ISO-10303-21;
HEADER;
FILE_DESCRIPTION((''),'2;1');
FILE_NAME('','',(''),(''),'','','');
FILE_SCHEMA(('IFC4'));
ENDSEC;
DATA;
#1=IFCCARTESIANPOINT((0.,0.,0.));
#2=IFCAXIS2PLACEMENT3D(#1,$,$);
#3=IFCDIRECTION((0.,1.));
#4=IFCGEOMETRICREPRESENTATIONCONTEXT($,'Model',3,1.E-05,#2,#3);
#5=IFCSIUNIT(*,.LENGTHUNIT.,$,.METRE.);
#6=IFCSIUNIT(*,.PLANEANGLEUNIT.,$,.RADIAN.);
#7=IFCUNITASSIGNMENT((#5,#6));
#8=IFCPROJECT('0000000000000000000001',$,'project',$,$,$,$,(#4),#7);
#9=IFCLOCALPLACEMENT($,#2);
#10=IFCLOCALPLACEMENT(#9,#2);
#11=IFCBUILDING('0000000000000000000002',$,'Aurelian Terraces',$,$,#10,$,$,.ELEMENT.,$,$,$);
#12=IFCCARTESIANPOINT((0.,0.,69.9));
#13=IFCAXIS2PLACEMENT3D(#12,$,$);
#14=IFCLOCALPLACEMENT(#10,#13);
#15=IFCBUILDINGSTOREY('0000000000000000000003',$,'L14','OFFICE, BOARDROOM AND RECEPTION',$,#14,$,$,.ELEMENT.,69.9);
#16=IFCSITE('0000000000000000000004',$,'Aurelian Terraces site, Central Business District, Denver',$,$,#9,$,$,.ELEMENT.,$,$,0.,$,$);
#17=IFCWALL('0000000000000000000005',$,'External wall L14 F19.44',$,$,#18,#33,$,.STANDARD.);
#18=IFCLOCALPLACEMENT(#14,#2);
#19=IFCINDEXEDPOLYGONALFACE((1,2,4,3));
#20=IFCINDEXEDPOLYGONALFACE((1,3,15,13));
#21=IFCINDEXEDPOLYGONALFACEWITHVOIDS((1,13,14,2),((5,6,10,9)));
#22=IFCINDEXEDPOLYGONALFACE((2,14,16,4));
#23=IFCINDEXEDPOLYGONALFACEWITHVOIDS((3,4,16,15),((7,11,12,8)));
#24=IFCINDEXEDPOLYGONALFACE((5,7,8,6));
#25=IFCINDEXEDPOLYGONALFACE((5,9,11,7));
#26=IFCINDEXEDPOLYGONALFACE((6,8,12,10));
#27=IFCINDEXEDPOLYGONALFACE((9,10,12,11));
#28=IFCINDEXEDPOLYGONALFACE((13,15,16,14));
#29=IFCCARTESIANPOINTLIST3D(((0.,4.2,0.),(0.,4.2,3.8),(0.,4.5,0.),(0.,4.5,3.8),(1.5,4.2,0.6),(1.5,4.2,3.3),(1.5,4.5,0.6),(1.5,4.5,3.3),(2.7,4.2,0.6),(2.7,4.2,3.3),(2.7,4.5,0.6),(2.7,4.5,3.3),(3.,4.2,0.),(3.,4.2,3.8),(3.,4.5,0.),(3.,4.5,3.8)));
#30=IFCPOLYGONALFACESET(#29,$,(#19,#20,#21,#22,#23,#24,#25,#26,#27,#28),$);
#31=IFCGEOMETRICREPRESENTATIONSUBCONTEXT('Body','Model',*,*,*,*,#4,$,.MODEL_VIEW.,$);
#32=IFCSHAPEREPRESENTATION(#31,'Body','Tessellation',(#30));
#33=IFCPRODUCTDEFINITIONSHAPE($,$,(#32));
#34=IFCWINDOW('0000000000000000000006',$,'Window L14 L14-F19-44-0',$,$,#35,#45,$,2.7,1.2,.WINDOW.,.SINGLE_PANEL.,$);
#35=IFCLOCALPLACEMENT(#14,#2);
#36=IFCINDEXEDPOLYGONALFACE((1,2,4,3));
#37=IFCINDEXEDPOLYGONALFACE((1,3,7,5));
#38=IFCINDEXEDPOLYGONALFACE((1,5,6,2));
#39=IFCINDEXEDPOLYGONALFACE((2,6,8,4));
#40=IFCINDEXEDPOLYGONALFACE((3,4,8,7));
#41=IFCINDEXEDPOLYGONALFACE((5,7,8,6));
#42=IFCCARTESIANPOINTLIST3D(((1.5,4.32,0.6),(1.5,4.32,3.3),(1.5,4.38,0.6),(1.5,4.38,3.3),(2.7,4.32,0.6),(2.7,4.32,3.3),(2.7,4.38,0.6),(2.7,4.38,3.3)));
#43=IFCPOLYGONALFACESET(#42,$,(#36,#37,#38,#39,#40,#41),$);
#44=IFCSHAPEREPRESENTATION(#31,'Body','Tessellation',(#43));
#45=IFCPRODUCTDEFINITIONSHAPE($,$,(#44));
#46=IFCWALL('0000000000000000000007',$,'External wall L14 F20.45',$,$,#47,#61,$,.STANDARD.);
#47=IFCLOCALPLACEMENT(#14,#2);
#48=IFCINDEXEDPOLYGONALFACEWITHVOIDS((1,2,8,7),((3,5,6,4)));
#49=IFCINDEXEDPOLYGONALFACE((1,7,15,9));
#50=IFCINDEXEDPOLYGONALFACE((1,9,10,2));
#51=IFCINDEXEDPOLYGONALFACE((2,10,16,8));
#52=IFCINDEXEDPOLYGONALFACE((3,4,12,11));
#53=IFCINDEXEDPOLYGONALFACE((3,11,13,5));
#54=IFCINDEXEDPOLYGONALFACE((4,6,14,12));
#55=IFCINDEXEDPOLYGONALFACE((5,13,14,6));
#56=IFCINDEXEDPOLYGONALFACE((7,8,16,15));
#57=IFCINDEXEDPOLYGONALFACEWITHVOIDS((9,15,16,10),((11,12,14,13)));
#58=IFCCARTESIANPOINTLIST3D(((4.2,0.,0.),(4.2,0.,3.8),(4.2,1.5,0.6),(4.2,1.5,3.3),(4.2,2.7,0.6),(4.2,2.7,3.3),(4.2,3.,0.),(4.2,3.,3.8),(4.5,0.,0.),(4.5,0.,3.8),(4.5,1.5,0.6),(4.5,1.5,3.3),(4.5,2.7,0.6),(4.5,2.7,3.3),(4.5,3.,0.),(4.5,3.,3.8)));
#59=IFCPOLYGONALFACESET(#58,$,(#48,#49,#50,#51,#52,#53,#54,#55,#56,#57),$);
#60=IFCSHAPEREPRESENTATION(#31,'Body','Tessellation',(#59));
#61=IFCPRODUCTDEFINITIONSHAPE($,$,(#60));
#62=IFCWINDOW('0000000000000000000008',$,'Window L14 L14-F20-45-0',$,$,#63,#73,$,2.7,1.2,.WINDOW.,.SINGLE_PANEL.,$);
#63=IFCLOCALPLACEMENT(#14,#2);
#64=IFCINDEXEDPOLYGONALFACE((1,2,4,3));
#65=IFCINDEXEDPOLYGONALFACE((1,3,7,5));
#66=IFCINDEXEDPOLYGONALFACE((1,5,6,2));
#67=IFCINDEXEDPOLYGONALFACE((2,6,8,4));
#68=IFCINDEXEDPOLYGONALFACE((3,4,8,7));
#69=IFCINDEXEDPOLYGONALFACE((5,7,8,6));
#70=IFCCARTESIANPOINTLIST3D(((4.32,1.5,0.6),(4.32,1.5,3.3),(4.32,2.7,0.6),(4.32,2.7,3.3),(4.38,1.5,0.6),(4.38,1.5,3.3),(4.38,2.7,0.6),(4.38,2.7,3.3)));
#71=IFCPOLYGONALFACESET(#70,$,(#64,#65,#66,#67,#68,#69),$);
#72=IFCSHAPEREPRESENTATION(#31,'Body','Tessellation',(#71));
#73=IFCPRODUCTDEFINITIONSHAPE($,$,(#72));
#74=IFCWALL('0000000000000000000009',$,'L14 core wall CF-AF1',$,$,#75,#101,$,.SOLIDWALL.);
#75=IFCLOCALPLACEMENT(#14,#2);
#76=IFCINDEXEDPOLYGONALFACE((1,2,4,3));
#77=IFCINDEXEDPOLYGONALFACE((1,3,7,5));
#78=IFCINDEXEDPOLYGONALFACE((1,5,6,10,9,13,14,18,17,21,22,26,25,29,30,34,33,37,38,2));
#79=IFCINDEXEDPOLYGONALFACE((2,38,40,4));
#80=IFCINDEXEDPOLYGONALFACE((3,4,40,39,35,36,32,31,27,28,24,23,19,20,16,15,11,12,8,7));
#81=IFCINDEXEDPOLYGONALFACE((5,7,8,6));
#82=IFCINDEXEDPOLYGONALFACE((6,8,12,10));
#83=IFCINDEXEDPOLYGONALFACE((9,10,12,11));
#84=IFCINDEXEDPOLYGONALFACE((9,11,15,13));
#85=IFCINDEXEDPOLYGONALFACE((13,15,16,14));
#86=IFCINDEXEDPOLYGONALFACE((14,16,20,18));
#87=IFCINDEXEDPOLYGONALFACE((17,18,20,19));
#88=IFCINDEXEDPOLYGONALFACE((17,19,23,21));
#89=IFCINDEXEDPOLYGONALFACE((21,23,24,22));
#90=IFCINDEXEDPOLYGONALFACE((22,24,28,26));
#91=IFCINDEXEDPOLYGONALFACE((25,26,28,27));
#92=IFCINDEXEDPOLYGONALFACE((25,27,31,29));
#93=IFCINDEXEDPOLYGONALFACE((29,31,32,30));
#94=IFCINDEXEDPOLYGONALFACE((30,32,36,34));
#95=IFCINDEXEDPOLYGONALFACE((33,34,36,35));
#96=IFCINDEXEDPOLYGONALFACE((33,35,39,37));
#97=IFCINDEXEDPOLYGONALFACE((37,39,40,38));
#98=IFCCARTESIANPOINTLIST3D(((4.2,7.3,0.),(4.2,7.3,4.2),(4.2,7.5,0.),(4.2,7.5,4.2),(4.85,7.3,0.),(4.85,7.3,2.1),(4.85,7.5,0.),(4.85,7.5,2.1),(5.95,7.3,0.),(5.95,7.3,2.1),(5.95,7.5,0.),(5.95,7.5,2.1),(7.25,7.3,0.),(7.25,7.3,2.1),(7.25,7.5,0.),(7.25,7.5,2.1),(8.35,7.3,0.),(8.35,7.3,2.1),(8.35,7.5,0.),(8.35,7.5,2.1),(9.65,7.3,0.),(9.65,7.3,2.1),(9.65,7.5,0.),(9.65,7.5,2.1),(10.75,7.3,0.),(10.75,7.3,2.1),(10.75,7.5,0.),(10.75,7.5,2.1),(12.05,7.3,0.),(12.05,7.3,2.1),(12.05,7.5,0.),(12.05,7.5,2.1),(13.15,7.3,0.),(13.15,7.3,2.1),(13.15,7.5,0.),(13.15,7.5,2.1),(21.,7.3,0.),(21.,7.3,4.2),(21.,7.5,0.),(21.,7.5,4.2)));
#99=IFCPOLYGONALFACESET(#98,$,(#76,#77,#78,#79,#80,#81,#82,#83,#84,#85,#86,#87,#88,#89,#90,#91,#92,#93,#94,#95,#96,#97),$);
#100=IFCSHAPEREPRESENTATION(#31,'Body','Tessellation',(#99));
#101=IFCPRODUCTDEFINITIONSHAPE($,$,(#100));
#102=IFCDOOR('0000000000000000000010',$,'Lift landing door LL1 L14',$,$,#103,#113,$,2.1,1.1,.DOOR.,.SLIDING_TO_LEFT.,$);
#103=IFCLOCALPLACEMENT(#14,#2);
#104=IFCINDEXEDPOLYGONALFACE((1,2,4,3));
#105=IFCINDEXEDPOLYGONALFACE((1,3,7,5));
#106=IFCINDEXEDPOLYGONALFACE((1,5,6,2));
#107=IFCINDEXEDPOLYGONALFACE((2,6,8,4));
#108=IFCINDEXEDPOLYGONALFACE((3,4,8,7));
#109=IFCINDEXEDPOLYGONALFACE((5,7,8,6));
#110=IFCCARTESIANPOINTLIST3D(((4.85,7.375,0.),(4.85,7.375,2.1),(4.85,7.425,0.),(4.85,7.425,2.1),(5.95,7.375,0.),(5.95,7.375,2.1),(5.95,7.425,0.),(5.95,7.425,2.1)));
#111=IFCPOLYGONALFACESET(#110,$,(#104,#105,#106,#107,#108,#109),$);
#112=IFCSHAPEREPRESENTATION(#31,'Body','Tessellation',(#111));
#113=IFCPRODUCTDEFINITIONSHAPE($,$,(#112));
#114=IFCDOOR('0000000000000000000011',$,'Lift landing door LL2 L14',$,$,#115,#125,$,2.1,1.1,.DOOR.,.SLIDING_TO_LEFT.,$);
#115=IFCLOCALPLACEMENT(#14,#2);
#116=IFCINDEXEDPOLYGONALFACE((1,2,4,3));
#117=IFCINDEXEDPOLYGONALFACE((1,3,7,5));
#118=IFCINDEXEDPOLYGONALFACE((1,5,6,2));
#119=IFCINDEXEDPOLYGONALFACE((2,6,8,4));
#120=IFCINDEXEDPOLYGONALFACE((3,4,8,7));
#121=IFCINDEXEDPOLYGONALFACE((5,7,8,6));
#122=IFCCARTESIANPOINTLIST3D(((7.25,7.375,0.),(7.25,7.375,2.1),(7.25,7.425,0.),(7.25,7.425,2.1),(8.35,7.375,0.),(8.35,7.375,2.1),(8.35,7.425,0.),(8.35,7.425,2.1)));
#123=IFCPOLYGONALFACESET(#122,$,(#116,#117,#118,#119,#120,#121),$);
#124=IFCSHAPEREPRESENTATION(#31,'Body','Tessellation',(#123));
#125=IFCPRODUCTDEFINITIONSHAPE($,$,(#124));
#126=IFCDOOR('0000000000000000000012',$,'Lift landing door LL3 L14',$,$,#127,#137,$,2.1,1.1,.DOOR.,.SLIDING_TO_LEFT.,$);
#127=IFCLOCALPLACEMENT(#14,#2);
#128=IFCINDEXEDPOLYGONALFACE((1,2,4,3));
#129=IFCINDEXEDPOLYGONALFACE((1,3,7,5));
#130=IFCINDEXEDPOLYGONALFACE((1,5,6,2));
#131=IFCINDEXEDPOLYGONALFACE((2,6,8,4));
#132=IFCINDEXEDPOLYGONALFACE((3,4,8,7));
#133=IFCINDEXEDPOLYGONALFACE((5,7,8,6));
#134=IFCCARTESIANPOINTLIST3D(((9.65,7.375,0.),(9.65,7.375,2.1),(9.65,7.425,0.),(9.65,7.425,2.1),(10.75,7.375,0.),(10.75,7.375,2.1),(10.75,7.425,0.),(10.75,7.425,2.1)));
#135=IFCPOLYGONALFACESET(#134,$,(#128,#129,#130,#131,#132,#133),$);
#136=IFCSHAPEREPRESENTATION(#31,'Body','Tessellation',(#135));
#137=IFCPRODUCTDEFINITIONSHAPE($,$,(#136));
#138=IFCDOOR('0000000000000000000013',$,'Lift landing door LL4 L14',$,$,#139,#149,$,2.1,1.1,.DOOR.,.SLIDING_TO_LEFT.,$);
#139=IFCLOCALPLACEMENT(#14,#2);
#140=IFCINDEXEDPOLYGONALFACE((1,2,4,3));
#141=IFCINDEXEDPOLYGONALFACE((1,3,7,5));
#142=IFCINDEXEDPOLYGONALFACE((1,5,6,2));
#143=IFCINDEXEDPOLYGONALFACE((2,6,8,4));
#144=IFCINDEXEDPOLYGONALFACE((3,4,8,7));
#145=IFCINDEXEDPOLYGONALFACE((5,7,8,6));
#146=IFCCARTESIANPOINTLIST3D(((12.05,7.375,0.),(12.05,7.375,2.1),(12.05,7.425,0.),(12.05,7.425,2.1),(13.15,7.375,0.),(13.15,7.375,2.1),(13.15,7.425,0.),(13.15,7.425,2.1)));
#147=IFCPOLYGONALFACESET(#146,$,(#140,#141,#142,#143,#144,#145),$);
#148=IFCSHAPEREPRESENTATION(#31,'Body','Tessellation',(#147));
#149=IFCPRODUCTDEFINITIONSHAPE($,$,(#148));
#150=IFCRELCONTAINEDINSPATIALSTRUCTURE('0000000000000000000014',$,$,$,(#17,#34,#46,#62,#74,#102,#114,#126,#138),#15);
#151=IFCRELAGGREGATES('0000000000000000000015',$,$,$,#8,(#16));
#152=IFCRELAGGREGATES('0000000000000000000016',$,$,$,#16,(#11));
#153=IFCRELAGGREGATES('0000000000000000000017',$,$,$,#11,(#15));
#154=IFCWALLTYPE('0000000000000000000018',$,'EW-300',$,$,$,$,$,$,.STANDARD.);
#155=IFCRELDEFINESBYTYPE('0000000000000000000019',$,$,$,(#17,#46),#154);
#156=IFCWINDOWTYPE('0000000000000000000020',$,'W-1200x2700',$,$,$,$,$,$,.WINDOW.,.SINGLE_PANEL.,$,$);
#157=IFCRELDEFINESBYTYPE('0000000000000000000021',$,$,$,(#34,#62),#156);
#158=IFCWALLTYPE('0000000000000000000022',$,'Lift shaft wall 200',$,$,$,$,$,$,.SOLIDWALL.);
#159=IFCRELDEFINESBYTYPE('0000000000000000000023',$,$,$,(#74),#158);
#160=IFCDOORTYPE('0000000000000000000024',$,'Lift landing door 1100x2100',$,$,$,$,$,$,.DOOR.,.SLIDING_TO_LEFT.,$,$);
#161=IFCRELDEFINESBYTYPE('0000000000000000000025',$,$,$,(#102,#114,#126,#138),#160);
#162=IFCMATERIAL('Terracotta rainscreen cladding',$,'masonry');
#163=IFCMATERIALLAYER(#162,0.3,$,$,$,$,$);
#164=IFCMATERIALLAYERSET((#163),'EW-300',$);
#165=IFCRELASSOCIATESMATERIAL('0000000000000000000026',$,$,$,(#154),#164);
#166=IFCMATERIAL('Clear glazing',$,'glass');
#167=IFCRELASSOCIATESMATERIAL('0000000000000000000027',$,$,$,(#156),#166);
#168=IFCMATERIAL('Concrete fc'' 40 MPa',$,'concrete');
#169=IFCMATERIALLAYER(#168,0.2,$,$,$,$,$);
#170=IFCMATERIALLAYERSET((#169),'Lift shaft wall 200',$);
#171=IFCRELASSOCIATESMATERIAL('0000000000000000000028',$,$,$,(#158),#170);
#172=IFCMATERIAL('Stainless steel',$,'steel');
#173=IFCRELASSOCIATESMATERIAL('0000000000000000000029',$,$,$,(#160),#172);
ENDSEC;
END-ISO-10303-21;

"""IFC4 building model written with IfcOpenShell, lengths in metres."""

from ifc_helpers import new_model, si_unit, direction, frame, frame_2d, origin, place, context, subcontext, project, spatial, rectangle, extrude, source, transform, mapped, material, layer, layer_set, type_object, element, fill, save


model = new_model("IFC4")

# Units and contexts
model_context = context("Model", 3, precision=1e-05, world=origin(), true_north=direction((0.0, 1.0)))
body_context = subcontext(model_context, "Body", "Model", "MODEL_VIEW")
ifc_project = project(units=[si_unit("LENGTHUNIT", "METRE"), si_unit("PLANEANGLEUNIT", "RADIAN")], contexts=[model_context])

# Site, building, storey
site_placement = place(None, origin())
site = spatial("IfcSite", under=ifc_project, at=site_placement, Name="Aurelian Terraces site, Central Business District, Denver", CompositionType="ELEMENT", RefElevation=0.0)
building_placement = place(site_placement, origin())
building = spatial("IfcBuilding", under=site, at=building_placement, Name="Aurelian Terraces", CompositionType="ELEMENT")
storey_placement = place(building_placement, frame((0.0, 0.0, 69.9)))
storey = spatial("IfcBuildingStorey", under=building, at=storey_placement, Name="L14", Description="OFFICE, BOARDROOM AND RECEPTION", CompositionType="ELEMENT", Elevation=69.9)

# Shared definitions
ifc_material_1 = material(Name="Concrete fc' 40 MPa", Category="concrete")

# Shared definitions
ifc_material_2 = material(Name="Terracotta rainscreen cladding", Category="masonry")
ifc_layer_1 = layer(ifc_material_2, 0.3)
ifc_layer_set_1 = layer_set([ifc_layer_1], Name="EW-300")
wall_type_1 = type_object("IfcWallType", Name="EW-300", PredefinedType="STANDARD", material=ifc_layer_set_1)
ifc_material_3 = material(Name="Clear glazing", Category="glass")

# Walls, openings, windows
shared_shape_1 = source(origin(), body_context, "Body", "SweptSolid", [
    extrude(rectangle(XDim=3.0, YDim=0.3, at=frame_2d((1.5, 0.0))), origin(), (0.0, 0.0, 1.0), 3.8),
])
wall_1_placement = place(storey_placement, frame((0.0, 4.35, 0.0), z_axis=(0.0, 0.0, 1.0), x_axis=(1.0, 0.0, 0.0)))
wall_1 = element("IfcWall", 1, at=wall_1_placement, inside=storey, type_object=wall_type_1, Name="External wall L14 F19.44", PredefinedType="STANDARD", context=body_context, shape_type="MappedRepresentation", body=[
    mapped(shared_shape_1, transform((0.0, 0.0, 0.0), scale=1.0)),
])
shared_shape_2 = source(origin(), body_context, "Body", "SweptSolid", [
    extrude(rectangle(XDim=1.2, YDim=2.7, at=frame_2d((0.6, 1.35))), frame((0.0, 0.16, 0.0), z_axis=(0.0, -1.0, 0.0), x_axis=(1.0, 0.0, 0.0)), (0.0, 0.0, 1.0), 0.32),
])
opening_1_placement = place(wall_1_placement, frame((1.5, 0.0, 0.6)))
opening_1 = element("IfcOpeningElement", 2, at=opening_1_placement, cuts=wall_1, PredefinedType="OPENING", context=body_context, shape_type="MappedRepresentation", body=[
    mapped(shared_shape_2, transform((0.0, 0.0, 0.0), scale=1.0)),
])
window_type_1 = type_object("IfcWindowType", Name="W-1200x2700", PartitioningType="SINGLE_PANEL", PredefinedType="WINDOW", material=ifc_material_3)
shared_shape_3 = source(origin(), body_context, "Body", "SweptSolid", [
    extrude(rectangle(XDim=1.2, YDim=2.7, at=frame_2d((0.6, 1.35))), frame((0.0, 0.03, 0.0), z_axis=(0.0, -1.0, 0.0), x_axis=(1.0, 0.0, 0.0)), (0.0, 0.0, 1.0), 0.06),
])
window_1_placement = place(opening_1_placement, origin())
window_1 = element("IfcWindow", 3, at=window_1_placement, inside=storey, type_object=window_type_1, Name="Window L14 L14-F19-44-0", OverallHeight=2.7, OverallWidth=1.2, PartitioningType="SINGLE_PANEL", PredefinedType="WINDOW", context=body_context, shape_type="MappedRepresentation", body=[
    mapped(shared_shape_3, transform((0.0, 0.0, 0.0), scale=1.0)),
])
fill(opening_1, window_1)
wall_2_placement = place(storey_placement, frame((4.35, 3.0, 0.0), z_axis=(0.0, 0.0, 1.0), x_axis=(0.0, -1.0, 0.0)))
wall_2 = element("IfcWall", 4, at=wall_2_placement, inside=storey, type_object=wall_type_1, Name="External wall L14 F20.45", PredefinedType="STANDARD", context=body_context, shape_type="MappedRepresentation", body=[
    mapped(shared_shape_1, transform((0.0, 0.0, 0.0), scale=1.0)),
])
opening_2_placement = place(wall_2_placement, frame((0.3, 0.0, 0.6)))
opening_2 = element("IfcOpeningElement", 5, at=opening_2_placement, cuts=wall_2, PredefinedType="OPENING", context=body_context, shape_type="MappedRepresentation", body=[
    mapped(shared_shape_2, transform((0.0, 0.0, 0.0), scale=1.0)),
])
window_2_placement = place(opening_2_placement, origin())
window_2 = element("IfcWindow", 6, at=window_2_placement, inside=storey, type_object=window_type_1, Name="Window L14 L14-F20-45-0", OverallHeight=2.7, OverallWidth=1.2, PartitioningType="SINGLE_PANEL", PredefinedType="WINDOW", context=body_context, shape_type="MappedRepresentation", body=[
    mapped(shared_shape_3, transform((0.0, 0.0, 0.0), scale=1.0)),
])
fill(opening_2, window_2)

# Wall, openings, doors
ifc_layer_2 = layer(ifc_material_1, 0.2)
ifc_layer_set_2 = layer_set([ifc_layer_2], Name="Lift shaft wall 200")
wall_type_2 = type_object("IfcWallType", Name="Lift shaft wall 200", PredefinedType="SOLIDWALL", material=ifc_layer_set_2)
shared_shape_4 = source(origin(), body_context, "Body", "SweptSolid", [
    extrude(rectangle(XDim=16.8, YDim=0.2, at=frame_2d((8.4, 0.0))), origin(), (0.0, 0.0, 1.0), 4.2),
])
wall_3_placement = place(storey_placement, frame((4.2, 7.4, 0.0), z_axis=(0.0, 0.0, 1.0), x_axis=(1.0, 0.0, 0.0)))
wall_3 = element("IfcWall", 7, at=wall_3_placement, inside=storey, type_object=wall_type_2, Name="L14 core wall CF-AF1", PredefinedType="SOLIDWALL", context=body_context, shape_type="MappedRepresentation", body=[
    mapped(shared_shape_4, transform((0.0, 0.0, 0.0), scale=1.0)),
])
shared_shape_5 = source(origin(), body_context, "Body", "SweptSolid", [
    extrude(rectangle(XDim=1.1, YDim=2.1, at=frame_2d((0.55, 1.05))), frame((0.0, 0.11, 0.0), z_axis=(0.0, -1.0, 0.0), x_axis=(1.0, 0.0, 0.0)), (0.0, 0.0, 1.0), 0.22),
])
opening_3_placement = place(wall_3_placement, frame((0.65, 0.0, 0.0)))
opening_3 = element("IfcOpeningElement", 8, at=opening_3_placement, cuts=wall_3, PredefinedType="OPENING", context=body_context, shape_type="MappedRepresentation", body=[
    mapped(shared_shape_5, transform((0.0, 0.0, 0.0), scale=1.0)),
])
opening_4_placement = place(wall_3_placement, frame((3.05, 0.0, 0.0)))
opening_4 = element("IfcOpeningElement", 9, at=opening_4_placement, cuts=wall_3, PredefinedType="OPENING", context=body_context, shape_type="MappedRepresentation", body=[
    mapped(shared_shape_5, transform((0.0, 0.0, 0.0), scale=1.0)),
])
opening_5_placement = place(wall_3_placement, frame((5.45, 0.0, 0.0)))
opening_5 = element("IfcOpeningElement", 10, at=opening_5_placement, cuts=wall_3, PredefinedType="OPENING", context=body_context, shape_type="MappedRepresentation", body=[
    mapped(shared_shape_5, transform((0.0, 0.0, 0.0), scale=1.0)),
])
opening_6_placement = place(wall_3_placement, frame((7.85, 0.0, 0.0)))
opening_6 = element("IfcOpeningElement", 11, at=opening_6_placement, cuts=wall_3, PredefinedType="OPENING", context=body_context, shape_type="MappedRepresentation", body=[
    mapped(shared_shape_5, transform((0.0, 0.0, 0.0), scale=1.0)),
])
ifc_material_4 = material(Name="Stainless steel", Category="steel")
door_type_1 = type_object("IfcDoorType", Name="Lift landing door 1100x2100", OperationType="SLIDING_TO_LEFT", PredefinedType="DOOR", material=ifc_material_4)
shared_shape_6 = source(origin(), body_context, "Body", "SweptSolid", [
    extrude(rectangle(XDim=1.1, YDim=2.1, at=frame_2d((0.55, 1.05))), frame((0.0, 0.025, 0.0), z_axis=(0.0, -1.0, 0.0), x_axis=(1.0, 0.0, 0.0)), (0.0, 0.0, 1.0), 0.05),
])
door_1_placement = place(opening_3_placement, origin())
door_1 = element("IfcDoor", 12, at=door_1_placement, inside=storey, type_object=door_type_1, Name="Lift landing door LL1 L14", OperationType="SLIDING_TO_LEFT", OverallHeight=2.1, OverallWidth=1.1, PredefinedType="DOOR", context=body_context, shape_type="MappedRepresentation", body=[
    mapped(shared_shape_6, transform((0.0, 0.0, 0.0), scale=1.0)),
])
fill(opening_3, door_1)
door_2_placement = place(opening_4_placement, origin())
door_2 = element("IfcDoor", 13, at=door_2_placement, inside=storey, type_object=door_type_1, Name="Lift landing door LL2 L14", OperationType="SLIDING_TO_LEFT", OverallHeight=2.1, OverallWidth=1.1, PredefinedType="DOOR", context=body_context, shape_type="MappedRepresentation", body=[
    mapped(shared_shape_6, transform((0.0, 0.0, 0.0), scale=1.0)),
])
fill(opening_4, door_2)
door_3_placement = place(opening_5_placement, origin())
door_3 = element("IfcDoor", 14, at=door_3_placement, inside=storey, type_object=door_type_1, Name="Lift landing door LL3 L14", OperationType="SLIDING_TO_LEFT", OverallHeight=2.1, OverallWidth=1.1, PredefinedType="DOOR", context=body_context, shape_type="MappedRepresentation", body=[
    mapped(shared_shape_6, transform((0.0, 0.0, 0.0), scale=1.0)),
])
fill(opening_5, door_3)
door_4_placement = place(opening_6_placement, origin())
door_4 = element("IfcDoor", 15, at=door_4_placement, inside=storey, type_object=door_type_1, Name="Lift landing door LL4 L14", OperationType="SLIDING_TO_LEFT", OverallHeight=2.1, OverallWidth=1.1, PredefinedType="DOOR", context=body_context, shape_type="MappedRepresentation", body=[
    mapped(shared_shape_6, transform((0.0, 0.0, 0.0), scale=1.0)),
])
fill(opening_6, door_4)

save(model, "model.ifc")
